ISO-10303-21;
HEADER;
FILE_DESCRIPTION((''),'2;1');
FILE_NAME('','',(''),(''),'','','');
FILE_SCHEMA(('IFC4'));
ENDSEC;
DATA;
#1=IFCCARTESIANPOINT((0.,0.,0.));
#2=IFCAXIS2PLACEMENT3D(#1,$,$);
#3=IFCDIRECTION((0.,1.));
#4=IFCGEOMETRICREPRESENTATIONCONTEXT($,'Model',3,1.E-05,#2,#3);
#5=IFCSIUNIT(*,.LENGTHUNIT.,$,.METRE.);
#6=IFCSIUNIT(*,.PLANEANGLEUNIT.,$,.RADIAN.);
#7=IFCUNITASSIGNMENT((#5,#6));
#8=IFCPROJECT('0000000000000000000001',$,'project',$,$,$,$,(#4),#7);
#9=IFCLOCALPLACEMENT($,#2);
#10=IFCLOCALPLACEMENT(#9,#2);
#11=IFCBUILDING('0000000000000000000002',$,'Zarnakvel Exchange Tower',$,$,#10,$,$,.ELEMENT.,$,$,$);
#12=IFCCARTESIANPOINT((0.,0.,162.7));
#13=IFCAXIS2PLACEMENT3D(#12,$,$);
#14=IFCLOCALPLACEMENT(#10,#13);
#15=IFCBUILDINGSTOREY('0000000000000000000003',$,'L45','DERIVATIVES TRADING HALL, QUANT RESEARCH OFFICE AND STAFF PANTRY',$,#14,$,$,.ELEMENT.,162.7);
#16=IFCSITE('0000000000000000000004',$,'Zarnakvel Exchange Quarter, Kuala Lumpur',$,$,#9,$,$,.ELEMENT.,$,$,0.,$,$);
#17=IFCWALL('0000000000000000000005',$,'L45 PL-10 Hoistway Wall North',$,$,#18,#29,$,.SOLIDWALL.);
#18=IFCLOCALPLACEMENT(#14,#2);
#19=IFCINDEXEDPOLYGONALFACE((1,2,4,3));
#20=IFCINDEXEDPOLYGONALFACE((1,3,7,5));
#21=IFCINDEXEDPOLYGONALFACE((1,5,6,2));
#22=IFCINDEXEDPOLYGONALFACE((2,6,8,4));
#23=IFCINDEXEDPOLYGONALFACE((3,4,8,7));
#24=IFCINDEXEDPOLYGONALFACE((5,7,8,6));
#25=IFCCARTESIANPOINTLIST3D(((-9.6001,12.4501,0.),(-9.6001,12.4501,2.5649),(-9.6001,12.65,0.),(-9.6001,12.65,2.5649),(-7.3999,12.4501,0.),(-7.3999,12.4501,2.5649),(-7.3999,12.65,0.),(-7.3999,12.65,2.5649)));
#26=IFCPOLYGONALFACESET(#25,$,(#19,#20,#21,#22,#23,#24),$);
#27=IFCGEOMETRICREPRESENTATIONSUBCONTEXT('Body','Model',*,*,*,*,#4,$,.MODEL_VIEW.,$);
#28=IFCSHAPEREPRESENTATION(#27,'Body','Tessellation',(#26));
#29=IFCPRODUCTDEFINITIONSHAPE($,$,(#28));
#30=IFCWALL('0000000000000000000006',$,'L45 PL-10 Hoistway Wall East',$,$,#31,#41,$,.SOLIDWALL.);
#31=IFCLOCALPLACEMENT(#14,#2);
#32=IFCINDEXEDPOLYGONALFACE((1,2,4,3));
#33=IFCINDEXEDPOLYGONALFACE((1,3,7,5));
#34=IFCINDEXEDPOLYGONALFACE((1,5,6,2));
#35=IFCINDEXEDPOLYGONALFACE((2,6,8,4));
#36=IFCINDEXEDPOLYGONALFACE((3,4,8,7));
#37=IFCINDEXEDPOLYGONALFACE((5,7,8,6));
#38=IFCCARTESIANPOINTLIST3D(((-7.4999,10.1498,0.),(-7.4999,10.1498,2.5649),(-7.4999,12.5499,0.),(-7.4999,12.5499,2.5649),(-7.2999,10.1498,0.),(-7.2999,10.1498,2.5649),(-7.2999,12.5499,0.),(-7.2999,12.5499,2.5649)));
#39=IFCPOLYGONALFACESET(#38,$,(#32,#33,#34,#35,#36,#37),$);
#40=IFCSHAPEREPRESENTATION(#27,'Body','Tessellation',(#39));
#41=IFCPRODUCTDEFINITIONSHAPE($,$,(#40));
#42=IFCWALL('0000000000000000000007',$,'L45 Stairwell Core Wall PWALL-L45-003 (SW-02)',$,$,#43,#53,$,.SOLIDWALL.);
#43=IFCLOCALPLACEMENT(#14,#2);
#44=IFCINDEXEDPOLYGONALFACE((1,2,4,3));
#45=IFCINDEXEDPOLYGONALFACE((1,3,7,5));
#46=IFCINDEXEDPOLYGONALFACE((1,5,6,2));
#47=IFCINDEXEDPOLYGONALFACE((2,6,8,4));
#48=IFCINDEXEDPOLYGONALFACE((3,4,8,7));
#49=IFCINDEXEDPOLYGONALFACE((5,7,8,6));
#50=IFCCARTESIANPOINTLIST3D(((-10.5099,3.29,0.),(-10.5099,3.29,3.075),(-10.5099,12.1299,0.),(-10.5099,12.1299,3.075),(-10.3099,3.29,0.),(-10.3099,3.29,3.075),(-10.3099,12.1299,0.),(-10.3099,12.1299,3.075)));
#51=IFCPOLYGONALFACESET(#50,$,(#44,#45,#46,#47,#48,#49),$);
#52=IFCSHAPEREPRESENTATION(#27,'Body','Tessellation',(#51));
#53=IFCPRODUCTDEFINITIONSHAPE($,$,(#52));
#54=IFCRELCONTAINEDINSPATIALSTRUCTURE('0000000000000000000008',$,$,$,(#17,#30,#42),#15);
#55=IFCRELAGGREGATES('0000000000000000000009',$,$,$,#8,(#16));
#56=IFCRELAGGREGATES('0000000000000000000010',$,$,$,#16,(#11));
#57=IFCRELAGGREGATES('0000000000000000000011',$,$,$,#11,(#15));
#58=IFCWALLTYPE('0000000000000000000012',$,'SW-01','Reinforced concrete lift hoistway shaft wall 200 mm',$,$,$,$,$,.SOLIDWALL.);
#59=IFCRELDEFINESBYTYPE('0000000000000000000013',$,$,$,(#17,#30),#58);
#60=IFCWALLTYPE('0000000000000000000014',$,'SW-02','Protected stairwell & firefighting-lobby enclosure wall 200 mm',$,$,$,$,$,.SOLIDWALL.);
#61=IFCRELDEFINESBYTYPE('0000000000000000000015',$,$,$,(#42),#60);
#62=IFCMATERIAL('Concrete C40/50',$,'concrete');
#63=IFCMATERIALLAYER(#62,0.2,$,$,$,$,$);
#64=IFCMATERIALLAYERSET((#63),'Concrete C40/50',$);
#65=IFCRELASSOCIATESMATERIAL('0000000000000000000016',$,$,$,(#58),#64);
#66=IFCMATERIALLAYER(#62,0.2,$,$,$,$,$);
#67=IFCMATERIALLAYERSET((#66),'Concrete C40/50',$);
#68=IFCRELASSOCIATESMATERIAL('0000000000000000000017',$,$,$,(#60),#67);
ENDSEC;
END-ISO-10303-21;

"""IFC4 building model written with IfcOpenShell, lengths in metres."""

from ifc_helpers import new_model, si_unit, direction, frame, frame_2d, origin, place, context, subcontext, project, spatial, rectangle, extrude, material, layer, layer_set, type_object, element, save


model = new_model("IFC4")

# Units and contexts
model_context = context("Model", 3, precision=1e-05, world=origin(), true_north=direction((0.0, 1.0)))
body_context = subcontext(model_context, "Body", "Model", "MODEL_VIEW")
ifc_project = project(units=[si_unit("LENGTHUNIT", "METRE"), si_unit("PLANEANGLEUNIT", "RADIAN")], contexts=[model_context])

# Site, building, storey
site_placement = place(None, origin())
site = spatial("IfcSite", under=ifc_project, at=site_placement, Name="Zarnakvel Exchange Quarter, Kuala Lumpur", CompositionType="ELEMENT", RefElevation=0.0)
building_placement = place(site_placement, origin())
building = spatial("IfcBuilding", under=site, at=building_placement, Name="Zarnakvel Exchange Tower", CompositionType="ELEMENT")
storey_placement = place(building_placement, frame((0.0, 0.0, 162.7)))
storey = spatial("IfcBuildingStorey", under=building, at=storey_placement, Name="L45", Description="DERIVATIVES TRADING HALL, QUANT RESEARCH OFFICE AND STAFF PANTRY", CompositionType="ELEMENT", Elevation=162.7)

# Walls
ifc_material_1 = material(Name="Concrete C40/50", Category="concrete")
ifc_layer_1 = layer(ifc_material_1, 0.2)
ifc_layer_set_1 = layer_set([ifc_layer_1], Name="Concrete C40/50")
wall_type_1 = type_object("IfcWallType", Name="SW-01", Description="Reinforced concrete lift hoistway shaft wall 200 mm", PredefinedType="SOLIDWALL", material=ifc_layer_set_1)
for number, where, z_axis, x_axis, name in (
    (1, (-9.6001, 12.55, 0.0), (0.0, 0.0, 1.0), (1.0, 0.0, 0.0), "L45 PL-10 Hoistway Wall North"),
):
    element("IfcWall", number, at=place(storey_placement, frame(where, z_axis=z_axis, x_axis=x_axis)), inside=storey, type_object=wall_type_1, Name=name, PredefinedType="SOLIDWALL", context=body_context, shape_type="SweptSolid", body=[
        extrude(rectangle(XDim=2.2002, YDim=0.2, at=frame_2d((1.1001, 0.0))), origin(), (0.0, 0.0, 1.0), 2.5649),
    ])
wall_1_placement = place(storey_placement, frame((-7.3999, 12.55, 0.0), z_axis=(0.0, 0.0, 1.0), x_axis=(0.0, -1.0, 0.0)))
element("IfcWall", 2, at=wall_1_placement, inside=storey, type_object=wall_type_1, Name="L45 PL-10 Hoistway Wall East", PredefinedType="SOLIDWALL", context=body_context, shape_type="SweptSolid", body=[
    extrude(rectangle(XDim=2.4001, YDim=0.2, at=frame_2d((1.2002, 0.0))), origin(), (0.0, 0.0, 1.0), 2.5649),
])
ifc_layer_2 = layer(ifc_material_1, 0.2)
ifc_layer_set_2 = layer_set([ifc_layer_2], Name="Concrete C40/50")
wall_type_2 = type_object("IfcWallType", Name="SW-02", Description="Protected stairwell & firefighting-lobby enclosure wall 200 mm", PredefinedType="SOLIDWALL", material=ifc_layer_set_2)
wall_2_placement = place(storey_placement, frame((-10.4099, 12.1299, 0.0), z_axis=(0.0, 0.0, 1.0), x_axis=(0.0, -1.0, 0.0)))
element("IfcWall", 3, at=wall_2_placement, inside=storey, type_object=wall_type_2, Name="L45 Stairwell Core Wall PWALL-L45-003 (SW-02)", PredefinedType="SOLIDWALL", context=body_context, shape_type="SweptSolid", body=[
    extrude(rectangle(XDim=8.8398, YDim=0.2, at=frame_2d((4.4199, 0.0))), origin(), (0.0, 0.0, 1.0), 3.075),
])

save(model, "model.ifc")
